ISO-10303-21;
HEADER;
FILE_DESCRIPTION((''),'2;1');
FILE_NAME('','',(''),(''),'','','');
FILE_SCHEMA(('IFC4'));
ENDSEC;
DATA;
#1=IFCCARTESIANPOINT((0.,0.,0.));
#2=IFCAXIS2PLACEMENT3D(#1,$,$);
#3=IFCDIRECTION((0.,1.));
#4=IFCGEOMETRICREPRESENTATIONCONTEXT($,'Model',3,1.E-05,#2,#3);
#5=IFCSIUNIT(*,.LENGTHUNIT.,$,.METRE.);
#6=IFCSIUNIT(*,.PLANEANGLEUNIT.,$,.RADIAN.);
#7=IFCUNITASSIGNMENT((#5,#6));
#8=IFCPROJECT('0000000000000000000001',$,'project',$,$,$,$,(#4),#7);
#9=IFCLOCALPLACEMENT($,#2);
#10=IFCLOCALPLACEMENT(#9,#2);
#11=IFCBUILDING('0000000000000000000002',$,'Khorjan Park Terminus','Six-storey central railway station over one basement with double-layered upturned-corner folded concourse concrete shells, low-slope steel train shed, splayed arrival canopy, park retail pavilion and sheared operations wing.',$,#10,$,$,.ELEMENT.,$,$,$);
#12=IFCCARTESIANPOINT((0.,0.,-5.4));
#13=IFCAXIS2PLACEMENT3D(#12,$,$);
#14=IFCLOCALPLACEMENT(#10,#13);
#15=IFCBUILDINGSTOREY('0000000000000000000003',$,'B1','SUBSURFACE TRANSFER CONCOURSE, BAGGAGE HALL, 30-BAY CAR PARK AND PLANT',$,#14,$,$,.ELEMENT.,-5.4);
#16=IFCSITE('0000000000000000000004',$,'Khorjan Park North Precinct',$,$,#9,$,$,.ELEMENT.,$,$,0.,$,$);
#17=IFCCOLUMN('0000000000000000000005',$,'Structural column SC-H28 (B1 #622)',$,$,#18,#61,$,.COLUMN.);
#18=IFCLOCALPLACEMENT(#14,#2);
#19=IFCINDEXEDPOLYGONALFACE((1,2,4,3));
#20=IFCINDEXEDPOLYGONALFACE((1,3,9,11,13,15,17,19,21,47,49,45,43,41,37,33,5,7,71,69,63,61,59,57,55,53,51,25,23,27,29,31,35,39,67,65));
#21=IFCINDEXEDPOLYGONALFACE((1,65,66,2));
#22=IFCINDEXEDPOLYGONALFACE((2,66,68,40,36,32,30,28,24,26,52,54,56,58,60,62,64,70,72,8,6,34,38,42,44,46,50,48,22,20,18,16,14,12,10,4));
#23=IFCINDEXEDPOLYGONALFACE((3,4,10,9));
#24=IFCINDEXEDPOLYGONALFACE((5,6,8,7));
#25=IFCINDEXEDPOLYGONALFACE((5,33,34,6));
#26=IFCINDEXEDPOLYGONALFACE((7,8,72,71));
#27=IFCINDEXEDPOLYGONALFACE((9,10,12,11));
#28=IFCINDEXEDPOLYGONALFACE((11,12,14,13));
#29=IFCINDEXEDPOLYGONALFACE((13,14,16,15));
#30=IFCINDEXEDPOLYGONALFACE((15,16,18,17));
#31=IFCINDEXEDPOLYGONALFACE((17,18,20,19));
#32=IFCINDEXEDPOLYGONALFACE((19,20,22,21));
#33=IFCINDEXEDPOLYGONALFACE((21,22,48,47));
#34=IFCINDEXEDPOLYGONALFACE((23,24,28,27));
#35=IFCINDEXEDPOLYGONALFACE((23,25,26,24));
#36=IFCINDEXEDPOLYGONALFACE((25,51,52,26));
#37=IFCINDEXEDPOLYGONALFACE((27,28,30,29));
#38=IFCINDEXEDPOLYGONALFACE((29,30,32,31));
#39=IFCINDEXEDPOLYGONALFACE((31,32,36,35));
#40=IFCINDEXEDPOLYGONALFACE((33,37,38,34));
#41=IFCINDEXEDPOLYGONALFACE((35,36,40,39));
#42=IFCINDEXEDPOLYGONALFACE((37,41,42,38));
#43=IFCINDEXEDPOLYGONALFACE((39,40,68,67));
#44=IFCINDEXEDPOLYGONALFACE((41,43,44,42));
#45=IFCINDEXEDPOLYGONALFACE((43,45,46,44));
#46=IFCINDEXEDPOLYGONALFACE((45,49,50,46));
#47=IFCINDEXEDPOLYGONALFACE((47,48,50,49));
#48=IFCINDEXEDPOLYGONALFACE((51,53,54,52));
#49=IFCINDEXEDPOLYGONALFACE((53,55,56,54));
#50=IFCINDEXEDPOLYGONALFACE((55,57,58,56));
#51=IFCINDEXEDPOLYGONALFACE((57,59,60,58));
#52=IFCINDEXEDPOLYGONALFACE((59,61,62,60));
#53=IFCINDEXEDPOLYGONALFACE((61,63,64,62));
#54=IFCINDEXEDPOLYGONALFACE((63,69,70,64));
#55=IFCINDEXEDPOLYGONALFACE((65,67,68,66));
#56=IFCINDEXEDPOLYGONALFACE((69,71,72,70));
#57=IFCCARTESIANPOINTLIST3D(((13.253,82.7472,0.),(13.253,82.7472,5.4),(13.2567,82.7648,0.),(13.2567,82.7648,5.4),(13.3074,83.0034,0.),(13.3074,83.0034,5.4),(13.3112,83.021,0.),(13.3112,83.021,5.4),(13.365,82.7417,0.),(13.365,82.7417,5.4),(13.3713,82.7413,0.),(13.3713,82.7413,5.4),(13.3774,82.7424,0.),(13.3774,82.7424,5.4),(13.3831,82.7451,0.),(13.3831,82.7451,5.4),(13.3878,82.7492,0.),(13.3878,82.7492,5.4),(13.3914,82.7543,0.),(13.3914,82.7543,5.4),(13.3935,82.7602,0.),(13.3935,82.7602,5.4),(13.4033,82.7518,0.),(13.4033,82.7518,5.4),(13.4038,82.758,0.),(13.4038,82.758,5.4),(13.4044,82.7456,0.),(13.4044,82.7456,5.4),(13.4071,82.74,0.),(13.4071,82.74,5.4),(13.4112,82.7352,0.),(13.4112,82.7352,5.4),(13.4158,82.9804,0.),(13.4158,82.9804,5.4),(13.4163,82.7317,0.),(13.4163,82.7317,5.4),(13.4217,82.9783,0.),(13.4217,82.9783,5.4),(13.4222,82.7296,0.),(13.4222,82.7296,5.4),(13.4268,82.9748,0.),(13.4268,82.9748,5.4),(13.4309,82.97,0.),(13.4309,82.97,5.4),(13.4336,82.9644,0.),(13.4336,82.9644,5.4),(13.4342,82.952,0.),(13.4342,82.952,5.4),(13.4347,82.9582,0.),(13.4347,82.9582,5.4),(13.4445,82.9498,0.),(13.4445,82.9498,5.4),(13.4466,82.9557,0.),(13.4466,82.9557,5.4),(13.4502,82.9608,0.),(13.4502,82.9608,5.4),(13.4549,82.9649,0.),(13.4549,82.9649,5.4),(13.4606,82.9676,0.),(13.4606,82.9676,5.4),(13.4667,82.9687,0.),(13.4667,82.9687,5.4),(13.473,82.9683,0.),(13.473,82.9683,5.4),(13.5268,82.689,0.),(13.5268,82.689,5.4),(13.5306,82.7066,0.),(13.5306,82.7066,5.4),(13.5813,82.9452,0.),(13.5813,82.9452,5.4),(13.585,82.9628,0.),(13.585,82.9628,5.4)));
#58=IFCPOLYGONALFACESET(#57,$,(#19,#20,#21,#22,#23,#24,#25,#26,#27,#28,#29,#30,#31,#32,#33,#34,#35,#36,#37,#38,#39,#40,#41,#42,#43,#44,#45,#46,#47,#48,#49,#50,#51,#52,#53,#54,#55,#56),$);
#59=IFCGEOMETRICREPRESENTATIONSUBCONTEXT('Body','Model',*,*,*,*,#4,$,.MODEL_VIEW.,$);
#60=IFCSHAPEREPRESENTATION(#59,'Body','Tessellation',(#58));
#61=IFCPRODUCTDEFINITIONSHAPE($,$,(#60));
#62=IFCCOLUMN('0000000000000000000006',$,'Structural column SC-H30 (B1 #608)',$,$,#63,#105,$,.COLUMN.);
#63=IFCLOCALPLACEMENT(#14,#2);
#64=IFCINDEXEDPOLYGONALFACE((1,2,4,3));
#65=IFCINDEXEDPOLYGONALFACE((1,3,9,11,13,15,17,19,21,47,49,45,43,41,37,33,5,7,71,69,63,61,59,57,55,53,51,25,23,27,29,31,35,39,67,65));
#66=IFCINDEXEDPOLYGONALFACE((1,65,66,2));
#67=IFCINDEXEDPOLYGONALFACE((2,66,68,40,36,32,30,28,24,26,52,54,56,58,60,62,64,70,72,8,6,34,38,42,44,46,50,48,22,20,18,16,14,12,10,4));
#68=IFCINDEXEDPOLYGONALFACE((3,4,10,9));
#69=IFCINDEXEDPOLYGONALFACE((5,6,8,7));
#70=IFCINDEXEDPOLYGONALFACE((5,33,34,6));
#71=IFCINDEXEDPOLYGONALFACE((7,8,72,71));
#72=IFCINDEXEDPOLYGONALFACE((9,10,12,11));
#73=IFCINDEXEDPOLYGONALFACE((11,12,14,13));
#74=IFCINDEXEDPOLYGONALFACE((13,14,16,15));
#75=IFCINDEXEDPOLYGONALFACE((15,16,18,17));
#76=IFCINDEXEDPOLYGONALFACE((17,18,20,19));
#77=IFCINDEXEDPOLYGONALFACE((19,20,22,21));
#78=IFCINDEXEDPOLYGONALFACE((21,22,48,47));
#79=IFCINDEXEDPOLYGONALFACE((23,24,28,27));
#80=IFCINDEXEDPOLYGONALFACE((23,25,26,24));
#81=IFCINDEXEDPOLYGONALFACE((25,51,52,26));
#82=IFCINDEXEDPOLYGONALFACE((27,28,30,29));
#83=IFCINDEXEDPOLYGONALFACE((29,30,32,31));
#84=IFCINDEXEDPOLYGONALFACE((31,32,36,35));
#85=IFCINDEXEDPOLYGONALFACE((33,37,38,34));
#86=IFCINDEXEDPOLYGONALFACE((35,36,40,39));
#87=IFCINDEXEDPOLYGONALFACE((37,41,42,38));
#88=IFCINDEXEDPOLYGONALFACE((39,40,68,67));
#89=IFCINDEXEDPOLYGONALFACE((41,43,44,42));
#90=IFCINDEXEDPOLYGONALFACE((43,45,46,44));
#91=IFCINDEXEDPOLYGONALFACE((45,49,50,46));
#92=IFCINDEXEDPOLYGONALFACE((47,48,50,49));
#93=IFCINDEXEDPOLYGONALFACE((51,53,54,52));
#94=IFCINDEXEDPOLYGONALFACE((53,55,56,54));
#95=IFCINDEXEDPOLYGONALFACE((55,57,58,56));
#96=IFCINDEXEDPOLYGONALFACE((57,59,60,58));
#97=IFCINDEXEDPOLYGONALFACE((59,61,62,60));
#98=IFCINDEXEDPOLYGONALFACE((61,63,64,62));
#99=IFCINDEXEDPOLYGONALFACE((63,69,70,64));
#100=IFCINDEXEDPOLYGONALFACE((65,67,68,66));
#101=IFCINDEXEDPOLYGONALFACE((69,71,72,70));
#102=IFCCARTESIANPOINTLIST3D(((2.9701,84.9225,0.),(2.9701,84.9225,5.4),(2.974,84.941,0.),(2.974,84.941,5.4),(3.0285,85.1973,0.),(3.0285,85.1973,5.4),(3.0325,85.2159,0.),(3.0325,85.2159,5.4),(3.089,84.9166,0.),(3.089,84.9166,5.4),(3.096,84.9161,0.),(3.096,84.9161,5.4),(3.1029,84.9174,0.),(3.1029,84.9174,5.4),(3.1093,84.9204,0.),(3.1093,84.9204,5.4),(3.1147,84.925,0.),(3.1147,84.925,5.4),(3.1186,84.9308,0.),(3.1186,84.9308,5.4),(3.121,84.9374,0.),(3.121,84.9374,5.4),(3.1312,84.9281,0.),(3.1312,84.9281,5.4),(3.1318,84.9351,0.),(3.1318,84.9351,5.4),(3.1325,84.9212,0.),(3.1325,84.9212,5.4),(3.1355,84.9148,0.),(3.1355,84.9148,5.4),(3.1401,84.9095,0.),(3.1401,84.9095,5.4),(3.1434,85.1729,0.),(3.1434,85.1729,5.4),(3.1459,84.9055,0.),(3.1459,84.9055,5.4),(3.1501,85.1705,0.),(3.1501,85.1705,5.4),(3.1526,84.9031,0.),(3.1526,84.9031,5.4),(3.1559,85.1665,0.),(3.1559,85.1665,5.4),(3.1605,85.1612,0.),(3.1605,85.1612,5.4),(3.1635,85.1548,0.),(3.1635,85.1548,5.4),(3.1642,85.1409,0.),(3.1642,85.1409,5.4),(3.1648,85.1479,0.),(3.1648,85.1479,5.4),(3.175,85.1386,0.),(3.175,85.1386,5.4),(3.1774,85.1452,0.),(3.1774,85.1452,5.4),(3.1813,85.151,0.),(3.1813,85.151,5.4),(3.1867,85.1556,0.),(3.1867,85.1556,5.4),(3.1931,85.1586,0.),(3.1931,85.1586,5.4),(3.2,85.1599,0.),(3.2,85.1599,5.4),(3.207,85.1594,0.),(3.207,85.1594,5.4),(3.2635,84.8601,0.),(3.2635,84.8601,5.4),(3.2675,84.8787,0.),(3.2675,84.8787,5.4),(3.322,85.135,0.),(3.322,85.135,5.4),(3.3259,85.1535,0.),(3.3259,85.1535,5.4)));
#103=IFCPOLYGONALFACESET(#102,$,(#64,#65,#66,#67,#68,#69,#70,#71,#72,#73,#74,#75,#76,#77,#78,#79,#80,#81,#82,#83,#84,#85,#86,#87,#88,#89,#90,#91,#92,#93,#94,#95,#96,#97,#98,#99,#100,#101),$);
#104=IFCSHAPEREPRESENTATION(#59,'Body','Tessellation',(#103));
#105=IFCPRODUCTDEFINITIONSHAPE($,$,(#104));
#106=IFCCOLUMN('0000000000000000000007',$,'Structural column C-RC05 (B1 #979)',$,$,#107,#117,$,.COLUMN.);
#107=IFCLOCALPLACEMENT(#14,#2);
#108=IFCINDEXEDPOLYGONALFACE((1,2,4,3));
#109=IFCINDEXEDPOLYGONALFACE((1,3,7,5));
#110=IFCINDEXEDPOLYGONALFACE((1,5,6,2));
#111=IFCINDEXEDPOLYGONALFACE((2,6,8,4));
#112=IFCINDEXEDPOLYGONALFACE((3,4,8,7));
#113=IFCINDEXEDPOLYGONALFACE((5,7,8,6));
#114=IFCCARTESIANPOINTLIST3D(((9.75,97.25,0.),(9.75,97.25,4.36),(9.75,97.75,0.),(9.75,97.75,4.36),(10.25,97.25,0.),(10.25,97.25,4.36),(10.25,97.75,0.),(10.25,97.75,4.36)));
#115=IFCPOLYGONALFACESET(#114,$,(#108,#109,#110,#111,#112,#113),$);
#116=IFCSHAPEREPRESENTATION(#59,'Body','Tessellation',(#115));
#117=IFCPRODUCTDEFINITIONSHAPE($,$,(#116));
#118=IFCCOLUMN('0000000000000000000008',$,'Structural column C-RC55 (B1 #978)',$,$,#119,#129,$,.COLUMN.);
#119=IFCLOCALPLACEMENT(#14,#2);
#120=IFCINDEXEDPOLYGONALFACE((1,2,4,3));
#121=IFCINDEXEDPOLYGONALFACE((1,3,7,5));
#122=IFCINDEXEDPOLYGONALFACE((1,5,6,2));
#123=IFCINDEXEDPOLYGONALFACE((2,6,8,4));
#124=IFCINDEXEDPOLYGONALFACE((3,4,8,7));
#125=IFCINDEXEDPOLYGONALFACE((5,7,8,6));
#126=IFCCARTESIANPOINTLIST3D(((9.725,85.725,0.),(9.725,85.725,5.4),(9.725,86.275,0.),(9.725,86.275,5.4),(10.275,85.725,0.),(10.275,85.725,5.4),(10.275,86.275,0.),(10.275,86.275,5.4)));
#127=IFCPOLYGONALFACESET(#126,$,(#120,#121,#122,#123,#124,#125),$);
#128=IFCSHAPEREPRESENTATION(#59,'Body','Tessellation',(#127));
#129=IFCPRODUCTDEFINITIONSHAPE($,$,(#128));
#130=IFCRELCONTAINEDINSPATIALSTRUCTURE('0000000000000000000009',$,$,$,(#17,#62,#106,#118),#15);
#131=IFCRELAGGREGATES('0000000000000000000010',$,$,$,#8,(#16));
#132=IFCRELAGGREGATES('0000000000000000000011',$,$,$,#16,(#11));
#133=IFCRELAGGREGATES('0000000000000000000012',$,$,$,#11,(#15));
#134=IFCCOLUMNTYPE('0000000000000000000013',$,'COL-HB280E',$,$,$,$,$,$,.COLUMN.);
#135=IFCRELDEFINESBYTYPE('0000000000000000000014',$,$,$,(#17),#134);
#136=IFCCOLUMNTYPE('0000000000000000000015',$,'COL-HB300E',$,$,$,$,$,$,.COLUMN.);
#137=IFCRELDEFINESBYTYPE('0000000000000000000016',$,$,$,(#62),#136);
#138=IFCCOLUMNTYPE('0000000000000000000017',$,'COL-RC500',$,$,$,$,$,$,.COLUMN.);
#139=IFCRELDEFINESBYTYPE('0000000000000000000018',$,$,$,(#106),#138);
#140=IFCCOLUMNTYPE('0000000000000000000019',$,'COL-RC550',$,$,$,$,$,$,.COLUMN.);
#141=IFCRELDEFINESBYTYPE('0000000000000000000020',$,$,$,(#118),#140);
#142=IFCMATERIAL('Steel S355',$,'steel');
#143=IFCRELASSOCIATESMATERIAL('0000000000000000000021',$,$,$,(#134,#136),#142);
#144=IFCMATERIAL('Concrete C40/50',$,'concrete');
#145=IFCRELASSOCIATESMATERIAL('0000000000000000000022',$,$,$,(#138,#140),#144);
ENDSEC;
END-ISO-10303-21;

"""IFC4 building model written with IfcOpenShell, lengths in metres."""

from ifc_helpers import new_model, si_unit, direction, frame, origin, origin_2d, place, context, subcontext, project, spatial, rectangle, i_section, extrude, material, material_profile, profile_set, type_object, element, save


model = new_model("IFC4")

# Units and contexts
model_context = context("Model", 3, precision=1e-05, world=origin(), true_north=direction((0.0, 1.0)))
body_context = subcontext(model_context, "Body", "Model", "MODEL_VIEW")
ifc_project = project(units=[si_unit("LENGTHUNIT", "METRE"), si_unit("PLANEANGLEUNIT", "RADIAN")], contexts=[model_context])

# Site, building, storey
site_placement = place(None, origin())
site = spatial("IfcSite", under=ifc_project, at=site_placement, Name="Khorjan Park North Precinct", CompositionType="ELEMENT", RefElevation=0.0)
building_placement = place(site_placement, origin())
building = spatial("IfcBuilding", under=site, at=building_placement, Name="Khorjan Park Terminus", Description="Six-storey central railway station over one basement with double-layered upturned-corner folded concourse concrete shells, low-slope steel train shed, splayed arrival canopy, park retail pavilion and sheared operations wing.", CompositionType="ELEMENT")
storey_placement = place(building_placement, frame((0.0, 0.0, -5.4)))
storey = spatial("IfcBuildingStorey", under=building, at=storey_placement, Name="B1", Description="SUBSURFACE TRANSFER CONCOURSE, BAGGAGE HALL, 30-BAY CAR PARK AND PLANT", CompositionType="ELEMENT", Elevation=-5.4)

# Shared definitions
ifc_material_1 = material(Name="Concrete C40/50", Category="concrete")

# Columns
ifc_material_2 = material(Name="Steel S355", Category="steel")
ifc_material_profile_1 = material_profile(ifc_material_2, i_section(OverallWidth=0.28, OverallDepth=0.28, WebThickness=0.0105, FlangeThickness=0.018, FilletRadius=0.024, at=origin_2d()), Name="HEB 280")
ifc_profile_set_1 = profile_set([ifc_material_profile_1], Name="Steel S355")
column_type_1 = type_object("IfcColumnType", Name="COL-HB280E", PredefinedType="COLUMN", material=ifc_profile_set_1)
column_1_placement = place(storey_placement, frame((13.419, 82.855, 0.0), z_axis=(0.0, 0.0, 1.0), x_axis=(0.978148, -0.207912, 0.0)))
element("IfcColumn", 1, at=column_1_placement, inside=storey, type_object=column_type_1, Name="Structural column SC-H28 (B1 #622)", PredefinedType="COLUMN", context=body_context, shape_type="SweptSolid", body=[
    extrude(i_section(OverallWidth=0.28, OverallDepth=0.28, WebThickness=0.0105, FlangeThickness=0.018, FilletRadius=0.024, at=origin_2d()), origin(), (0.0, 0.0, 1.0), 5.4),
])
ifc_material_profile_2 = material_profile(ifc_material_2, i_section(OverallWidth=0.3, OverallDepth=0.3, WebThickness=0.011, FlangeThickness=0.019, FilletRadius=0.027, at=origin_2d()), Name="HEB 300")
ifc_profile_set_2 = profile_set([ifc_material_profile_2], Name="Steel S355")
column_type_2 = type_object("IfcColumnType", Name="COL-HB300E", PredefinedType="COLUMN", material=ifc_profile_set_2)
column_2_placement = place(storey_placement, frame((3.148, 85.038, 0.0), z_axis=(0.0, 0.0, 1.0), x_axis=(0.978148, -0.207912, 0.0)))
element("IfcColumn", 2, at=column_2_placement, inside=storey, type_object=column_type_2, Name="Structural column SC-H30 (B1 #608)", PredefinedType="COLUMN", context=body_context, shape_type="SweptSolid", body=[
    extrude(i_section(OverallWidth=0.3, OverallDepth=0.3, WebThickness=0.011, FlangeThickness=0.019, FilletRadius=0.027, at=origin_2d()), origin(), (0.0, 0.0, 1.0), 5.4),
])
ifc_material_profile_3 = material_profile(ifc_material_1, rectangle(XDim=0.5, YDim=0.5, at=origin_2d()), Name="RC 500x500")
ifc_profile_set_3 = profile_set([ifc_material_profile_3], Name="Concrete C40/50")
column_type_3 = type_object("IfcColumnType", Name="COL-RC500", PredefinedType="COLUMN", material=ifc_profile_set_3)
column_3_placement = place(storey_placement, frame((10.0, 97.5, 0.0), z_axis=(0.0, 0.0, 1.0), x_axis=(1.0, 0.0, 0.0)))
element("IfcColumn", 3, at=column_3_placement, inside=storey, type_object=column_type_3, Name="Structural column C-RC05 (B1 #979)", PredefinedType="COLUMN", context=body_context, shape_type="SweptSolid", body=[
    extrude(rectangle(XDim=0.5, YDim=0.5, at=origin_2d()), origin(), (0.0, 0.0, 1.0), 4.36),
])
ifc_material_profile_4 = material_profile(ifc_material_1, rectangle(XDim=0.55, YDim=0.55, at=origin_2d()), Name="RC 550x550")
ifc_profile_set_4 = profile_set([ifc_material_profile_4], Name="Concrete C40/50")
column_type_4 = type_object("IfcColumnType", Name="COL-RC550", PredefinedType="COLUMN", material=ifc_profile_set_4)
column_4_placement = place(storey_placement, frame((10.0, 86.0, 0.0), z_axis=(0.0, 0.0, 1.0), x_axis=(1.0, 0.0, 0.0)))
element("IfcColumn", 4, at=column_4_placement, inside=storey, type_object=column_type_4, Name="Structural column C-RC55 (B1 #978)", PredefinedType="COLUMN", context=body_context, shape_type="SweptSolid", body=[
    extrude(rectangle(XDim=0.55, YDim=0.55, at=origin_2d()), origin(), (0.0, 0.0, 1.0), 5.4),
])

save(model, "model.ifc")
